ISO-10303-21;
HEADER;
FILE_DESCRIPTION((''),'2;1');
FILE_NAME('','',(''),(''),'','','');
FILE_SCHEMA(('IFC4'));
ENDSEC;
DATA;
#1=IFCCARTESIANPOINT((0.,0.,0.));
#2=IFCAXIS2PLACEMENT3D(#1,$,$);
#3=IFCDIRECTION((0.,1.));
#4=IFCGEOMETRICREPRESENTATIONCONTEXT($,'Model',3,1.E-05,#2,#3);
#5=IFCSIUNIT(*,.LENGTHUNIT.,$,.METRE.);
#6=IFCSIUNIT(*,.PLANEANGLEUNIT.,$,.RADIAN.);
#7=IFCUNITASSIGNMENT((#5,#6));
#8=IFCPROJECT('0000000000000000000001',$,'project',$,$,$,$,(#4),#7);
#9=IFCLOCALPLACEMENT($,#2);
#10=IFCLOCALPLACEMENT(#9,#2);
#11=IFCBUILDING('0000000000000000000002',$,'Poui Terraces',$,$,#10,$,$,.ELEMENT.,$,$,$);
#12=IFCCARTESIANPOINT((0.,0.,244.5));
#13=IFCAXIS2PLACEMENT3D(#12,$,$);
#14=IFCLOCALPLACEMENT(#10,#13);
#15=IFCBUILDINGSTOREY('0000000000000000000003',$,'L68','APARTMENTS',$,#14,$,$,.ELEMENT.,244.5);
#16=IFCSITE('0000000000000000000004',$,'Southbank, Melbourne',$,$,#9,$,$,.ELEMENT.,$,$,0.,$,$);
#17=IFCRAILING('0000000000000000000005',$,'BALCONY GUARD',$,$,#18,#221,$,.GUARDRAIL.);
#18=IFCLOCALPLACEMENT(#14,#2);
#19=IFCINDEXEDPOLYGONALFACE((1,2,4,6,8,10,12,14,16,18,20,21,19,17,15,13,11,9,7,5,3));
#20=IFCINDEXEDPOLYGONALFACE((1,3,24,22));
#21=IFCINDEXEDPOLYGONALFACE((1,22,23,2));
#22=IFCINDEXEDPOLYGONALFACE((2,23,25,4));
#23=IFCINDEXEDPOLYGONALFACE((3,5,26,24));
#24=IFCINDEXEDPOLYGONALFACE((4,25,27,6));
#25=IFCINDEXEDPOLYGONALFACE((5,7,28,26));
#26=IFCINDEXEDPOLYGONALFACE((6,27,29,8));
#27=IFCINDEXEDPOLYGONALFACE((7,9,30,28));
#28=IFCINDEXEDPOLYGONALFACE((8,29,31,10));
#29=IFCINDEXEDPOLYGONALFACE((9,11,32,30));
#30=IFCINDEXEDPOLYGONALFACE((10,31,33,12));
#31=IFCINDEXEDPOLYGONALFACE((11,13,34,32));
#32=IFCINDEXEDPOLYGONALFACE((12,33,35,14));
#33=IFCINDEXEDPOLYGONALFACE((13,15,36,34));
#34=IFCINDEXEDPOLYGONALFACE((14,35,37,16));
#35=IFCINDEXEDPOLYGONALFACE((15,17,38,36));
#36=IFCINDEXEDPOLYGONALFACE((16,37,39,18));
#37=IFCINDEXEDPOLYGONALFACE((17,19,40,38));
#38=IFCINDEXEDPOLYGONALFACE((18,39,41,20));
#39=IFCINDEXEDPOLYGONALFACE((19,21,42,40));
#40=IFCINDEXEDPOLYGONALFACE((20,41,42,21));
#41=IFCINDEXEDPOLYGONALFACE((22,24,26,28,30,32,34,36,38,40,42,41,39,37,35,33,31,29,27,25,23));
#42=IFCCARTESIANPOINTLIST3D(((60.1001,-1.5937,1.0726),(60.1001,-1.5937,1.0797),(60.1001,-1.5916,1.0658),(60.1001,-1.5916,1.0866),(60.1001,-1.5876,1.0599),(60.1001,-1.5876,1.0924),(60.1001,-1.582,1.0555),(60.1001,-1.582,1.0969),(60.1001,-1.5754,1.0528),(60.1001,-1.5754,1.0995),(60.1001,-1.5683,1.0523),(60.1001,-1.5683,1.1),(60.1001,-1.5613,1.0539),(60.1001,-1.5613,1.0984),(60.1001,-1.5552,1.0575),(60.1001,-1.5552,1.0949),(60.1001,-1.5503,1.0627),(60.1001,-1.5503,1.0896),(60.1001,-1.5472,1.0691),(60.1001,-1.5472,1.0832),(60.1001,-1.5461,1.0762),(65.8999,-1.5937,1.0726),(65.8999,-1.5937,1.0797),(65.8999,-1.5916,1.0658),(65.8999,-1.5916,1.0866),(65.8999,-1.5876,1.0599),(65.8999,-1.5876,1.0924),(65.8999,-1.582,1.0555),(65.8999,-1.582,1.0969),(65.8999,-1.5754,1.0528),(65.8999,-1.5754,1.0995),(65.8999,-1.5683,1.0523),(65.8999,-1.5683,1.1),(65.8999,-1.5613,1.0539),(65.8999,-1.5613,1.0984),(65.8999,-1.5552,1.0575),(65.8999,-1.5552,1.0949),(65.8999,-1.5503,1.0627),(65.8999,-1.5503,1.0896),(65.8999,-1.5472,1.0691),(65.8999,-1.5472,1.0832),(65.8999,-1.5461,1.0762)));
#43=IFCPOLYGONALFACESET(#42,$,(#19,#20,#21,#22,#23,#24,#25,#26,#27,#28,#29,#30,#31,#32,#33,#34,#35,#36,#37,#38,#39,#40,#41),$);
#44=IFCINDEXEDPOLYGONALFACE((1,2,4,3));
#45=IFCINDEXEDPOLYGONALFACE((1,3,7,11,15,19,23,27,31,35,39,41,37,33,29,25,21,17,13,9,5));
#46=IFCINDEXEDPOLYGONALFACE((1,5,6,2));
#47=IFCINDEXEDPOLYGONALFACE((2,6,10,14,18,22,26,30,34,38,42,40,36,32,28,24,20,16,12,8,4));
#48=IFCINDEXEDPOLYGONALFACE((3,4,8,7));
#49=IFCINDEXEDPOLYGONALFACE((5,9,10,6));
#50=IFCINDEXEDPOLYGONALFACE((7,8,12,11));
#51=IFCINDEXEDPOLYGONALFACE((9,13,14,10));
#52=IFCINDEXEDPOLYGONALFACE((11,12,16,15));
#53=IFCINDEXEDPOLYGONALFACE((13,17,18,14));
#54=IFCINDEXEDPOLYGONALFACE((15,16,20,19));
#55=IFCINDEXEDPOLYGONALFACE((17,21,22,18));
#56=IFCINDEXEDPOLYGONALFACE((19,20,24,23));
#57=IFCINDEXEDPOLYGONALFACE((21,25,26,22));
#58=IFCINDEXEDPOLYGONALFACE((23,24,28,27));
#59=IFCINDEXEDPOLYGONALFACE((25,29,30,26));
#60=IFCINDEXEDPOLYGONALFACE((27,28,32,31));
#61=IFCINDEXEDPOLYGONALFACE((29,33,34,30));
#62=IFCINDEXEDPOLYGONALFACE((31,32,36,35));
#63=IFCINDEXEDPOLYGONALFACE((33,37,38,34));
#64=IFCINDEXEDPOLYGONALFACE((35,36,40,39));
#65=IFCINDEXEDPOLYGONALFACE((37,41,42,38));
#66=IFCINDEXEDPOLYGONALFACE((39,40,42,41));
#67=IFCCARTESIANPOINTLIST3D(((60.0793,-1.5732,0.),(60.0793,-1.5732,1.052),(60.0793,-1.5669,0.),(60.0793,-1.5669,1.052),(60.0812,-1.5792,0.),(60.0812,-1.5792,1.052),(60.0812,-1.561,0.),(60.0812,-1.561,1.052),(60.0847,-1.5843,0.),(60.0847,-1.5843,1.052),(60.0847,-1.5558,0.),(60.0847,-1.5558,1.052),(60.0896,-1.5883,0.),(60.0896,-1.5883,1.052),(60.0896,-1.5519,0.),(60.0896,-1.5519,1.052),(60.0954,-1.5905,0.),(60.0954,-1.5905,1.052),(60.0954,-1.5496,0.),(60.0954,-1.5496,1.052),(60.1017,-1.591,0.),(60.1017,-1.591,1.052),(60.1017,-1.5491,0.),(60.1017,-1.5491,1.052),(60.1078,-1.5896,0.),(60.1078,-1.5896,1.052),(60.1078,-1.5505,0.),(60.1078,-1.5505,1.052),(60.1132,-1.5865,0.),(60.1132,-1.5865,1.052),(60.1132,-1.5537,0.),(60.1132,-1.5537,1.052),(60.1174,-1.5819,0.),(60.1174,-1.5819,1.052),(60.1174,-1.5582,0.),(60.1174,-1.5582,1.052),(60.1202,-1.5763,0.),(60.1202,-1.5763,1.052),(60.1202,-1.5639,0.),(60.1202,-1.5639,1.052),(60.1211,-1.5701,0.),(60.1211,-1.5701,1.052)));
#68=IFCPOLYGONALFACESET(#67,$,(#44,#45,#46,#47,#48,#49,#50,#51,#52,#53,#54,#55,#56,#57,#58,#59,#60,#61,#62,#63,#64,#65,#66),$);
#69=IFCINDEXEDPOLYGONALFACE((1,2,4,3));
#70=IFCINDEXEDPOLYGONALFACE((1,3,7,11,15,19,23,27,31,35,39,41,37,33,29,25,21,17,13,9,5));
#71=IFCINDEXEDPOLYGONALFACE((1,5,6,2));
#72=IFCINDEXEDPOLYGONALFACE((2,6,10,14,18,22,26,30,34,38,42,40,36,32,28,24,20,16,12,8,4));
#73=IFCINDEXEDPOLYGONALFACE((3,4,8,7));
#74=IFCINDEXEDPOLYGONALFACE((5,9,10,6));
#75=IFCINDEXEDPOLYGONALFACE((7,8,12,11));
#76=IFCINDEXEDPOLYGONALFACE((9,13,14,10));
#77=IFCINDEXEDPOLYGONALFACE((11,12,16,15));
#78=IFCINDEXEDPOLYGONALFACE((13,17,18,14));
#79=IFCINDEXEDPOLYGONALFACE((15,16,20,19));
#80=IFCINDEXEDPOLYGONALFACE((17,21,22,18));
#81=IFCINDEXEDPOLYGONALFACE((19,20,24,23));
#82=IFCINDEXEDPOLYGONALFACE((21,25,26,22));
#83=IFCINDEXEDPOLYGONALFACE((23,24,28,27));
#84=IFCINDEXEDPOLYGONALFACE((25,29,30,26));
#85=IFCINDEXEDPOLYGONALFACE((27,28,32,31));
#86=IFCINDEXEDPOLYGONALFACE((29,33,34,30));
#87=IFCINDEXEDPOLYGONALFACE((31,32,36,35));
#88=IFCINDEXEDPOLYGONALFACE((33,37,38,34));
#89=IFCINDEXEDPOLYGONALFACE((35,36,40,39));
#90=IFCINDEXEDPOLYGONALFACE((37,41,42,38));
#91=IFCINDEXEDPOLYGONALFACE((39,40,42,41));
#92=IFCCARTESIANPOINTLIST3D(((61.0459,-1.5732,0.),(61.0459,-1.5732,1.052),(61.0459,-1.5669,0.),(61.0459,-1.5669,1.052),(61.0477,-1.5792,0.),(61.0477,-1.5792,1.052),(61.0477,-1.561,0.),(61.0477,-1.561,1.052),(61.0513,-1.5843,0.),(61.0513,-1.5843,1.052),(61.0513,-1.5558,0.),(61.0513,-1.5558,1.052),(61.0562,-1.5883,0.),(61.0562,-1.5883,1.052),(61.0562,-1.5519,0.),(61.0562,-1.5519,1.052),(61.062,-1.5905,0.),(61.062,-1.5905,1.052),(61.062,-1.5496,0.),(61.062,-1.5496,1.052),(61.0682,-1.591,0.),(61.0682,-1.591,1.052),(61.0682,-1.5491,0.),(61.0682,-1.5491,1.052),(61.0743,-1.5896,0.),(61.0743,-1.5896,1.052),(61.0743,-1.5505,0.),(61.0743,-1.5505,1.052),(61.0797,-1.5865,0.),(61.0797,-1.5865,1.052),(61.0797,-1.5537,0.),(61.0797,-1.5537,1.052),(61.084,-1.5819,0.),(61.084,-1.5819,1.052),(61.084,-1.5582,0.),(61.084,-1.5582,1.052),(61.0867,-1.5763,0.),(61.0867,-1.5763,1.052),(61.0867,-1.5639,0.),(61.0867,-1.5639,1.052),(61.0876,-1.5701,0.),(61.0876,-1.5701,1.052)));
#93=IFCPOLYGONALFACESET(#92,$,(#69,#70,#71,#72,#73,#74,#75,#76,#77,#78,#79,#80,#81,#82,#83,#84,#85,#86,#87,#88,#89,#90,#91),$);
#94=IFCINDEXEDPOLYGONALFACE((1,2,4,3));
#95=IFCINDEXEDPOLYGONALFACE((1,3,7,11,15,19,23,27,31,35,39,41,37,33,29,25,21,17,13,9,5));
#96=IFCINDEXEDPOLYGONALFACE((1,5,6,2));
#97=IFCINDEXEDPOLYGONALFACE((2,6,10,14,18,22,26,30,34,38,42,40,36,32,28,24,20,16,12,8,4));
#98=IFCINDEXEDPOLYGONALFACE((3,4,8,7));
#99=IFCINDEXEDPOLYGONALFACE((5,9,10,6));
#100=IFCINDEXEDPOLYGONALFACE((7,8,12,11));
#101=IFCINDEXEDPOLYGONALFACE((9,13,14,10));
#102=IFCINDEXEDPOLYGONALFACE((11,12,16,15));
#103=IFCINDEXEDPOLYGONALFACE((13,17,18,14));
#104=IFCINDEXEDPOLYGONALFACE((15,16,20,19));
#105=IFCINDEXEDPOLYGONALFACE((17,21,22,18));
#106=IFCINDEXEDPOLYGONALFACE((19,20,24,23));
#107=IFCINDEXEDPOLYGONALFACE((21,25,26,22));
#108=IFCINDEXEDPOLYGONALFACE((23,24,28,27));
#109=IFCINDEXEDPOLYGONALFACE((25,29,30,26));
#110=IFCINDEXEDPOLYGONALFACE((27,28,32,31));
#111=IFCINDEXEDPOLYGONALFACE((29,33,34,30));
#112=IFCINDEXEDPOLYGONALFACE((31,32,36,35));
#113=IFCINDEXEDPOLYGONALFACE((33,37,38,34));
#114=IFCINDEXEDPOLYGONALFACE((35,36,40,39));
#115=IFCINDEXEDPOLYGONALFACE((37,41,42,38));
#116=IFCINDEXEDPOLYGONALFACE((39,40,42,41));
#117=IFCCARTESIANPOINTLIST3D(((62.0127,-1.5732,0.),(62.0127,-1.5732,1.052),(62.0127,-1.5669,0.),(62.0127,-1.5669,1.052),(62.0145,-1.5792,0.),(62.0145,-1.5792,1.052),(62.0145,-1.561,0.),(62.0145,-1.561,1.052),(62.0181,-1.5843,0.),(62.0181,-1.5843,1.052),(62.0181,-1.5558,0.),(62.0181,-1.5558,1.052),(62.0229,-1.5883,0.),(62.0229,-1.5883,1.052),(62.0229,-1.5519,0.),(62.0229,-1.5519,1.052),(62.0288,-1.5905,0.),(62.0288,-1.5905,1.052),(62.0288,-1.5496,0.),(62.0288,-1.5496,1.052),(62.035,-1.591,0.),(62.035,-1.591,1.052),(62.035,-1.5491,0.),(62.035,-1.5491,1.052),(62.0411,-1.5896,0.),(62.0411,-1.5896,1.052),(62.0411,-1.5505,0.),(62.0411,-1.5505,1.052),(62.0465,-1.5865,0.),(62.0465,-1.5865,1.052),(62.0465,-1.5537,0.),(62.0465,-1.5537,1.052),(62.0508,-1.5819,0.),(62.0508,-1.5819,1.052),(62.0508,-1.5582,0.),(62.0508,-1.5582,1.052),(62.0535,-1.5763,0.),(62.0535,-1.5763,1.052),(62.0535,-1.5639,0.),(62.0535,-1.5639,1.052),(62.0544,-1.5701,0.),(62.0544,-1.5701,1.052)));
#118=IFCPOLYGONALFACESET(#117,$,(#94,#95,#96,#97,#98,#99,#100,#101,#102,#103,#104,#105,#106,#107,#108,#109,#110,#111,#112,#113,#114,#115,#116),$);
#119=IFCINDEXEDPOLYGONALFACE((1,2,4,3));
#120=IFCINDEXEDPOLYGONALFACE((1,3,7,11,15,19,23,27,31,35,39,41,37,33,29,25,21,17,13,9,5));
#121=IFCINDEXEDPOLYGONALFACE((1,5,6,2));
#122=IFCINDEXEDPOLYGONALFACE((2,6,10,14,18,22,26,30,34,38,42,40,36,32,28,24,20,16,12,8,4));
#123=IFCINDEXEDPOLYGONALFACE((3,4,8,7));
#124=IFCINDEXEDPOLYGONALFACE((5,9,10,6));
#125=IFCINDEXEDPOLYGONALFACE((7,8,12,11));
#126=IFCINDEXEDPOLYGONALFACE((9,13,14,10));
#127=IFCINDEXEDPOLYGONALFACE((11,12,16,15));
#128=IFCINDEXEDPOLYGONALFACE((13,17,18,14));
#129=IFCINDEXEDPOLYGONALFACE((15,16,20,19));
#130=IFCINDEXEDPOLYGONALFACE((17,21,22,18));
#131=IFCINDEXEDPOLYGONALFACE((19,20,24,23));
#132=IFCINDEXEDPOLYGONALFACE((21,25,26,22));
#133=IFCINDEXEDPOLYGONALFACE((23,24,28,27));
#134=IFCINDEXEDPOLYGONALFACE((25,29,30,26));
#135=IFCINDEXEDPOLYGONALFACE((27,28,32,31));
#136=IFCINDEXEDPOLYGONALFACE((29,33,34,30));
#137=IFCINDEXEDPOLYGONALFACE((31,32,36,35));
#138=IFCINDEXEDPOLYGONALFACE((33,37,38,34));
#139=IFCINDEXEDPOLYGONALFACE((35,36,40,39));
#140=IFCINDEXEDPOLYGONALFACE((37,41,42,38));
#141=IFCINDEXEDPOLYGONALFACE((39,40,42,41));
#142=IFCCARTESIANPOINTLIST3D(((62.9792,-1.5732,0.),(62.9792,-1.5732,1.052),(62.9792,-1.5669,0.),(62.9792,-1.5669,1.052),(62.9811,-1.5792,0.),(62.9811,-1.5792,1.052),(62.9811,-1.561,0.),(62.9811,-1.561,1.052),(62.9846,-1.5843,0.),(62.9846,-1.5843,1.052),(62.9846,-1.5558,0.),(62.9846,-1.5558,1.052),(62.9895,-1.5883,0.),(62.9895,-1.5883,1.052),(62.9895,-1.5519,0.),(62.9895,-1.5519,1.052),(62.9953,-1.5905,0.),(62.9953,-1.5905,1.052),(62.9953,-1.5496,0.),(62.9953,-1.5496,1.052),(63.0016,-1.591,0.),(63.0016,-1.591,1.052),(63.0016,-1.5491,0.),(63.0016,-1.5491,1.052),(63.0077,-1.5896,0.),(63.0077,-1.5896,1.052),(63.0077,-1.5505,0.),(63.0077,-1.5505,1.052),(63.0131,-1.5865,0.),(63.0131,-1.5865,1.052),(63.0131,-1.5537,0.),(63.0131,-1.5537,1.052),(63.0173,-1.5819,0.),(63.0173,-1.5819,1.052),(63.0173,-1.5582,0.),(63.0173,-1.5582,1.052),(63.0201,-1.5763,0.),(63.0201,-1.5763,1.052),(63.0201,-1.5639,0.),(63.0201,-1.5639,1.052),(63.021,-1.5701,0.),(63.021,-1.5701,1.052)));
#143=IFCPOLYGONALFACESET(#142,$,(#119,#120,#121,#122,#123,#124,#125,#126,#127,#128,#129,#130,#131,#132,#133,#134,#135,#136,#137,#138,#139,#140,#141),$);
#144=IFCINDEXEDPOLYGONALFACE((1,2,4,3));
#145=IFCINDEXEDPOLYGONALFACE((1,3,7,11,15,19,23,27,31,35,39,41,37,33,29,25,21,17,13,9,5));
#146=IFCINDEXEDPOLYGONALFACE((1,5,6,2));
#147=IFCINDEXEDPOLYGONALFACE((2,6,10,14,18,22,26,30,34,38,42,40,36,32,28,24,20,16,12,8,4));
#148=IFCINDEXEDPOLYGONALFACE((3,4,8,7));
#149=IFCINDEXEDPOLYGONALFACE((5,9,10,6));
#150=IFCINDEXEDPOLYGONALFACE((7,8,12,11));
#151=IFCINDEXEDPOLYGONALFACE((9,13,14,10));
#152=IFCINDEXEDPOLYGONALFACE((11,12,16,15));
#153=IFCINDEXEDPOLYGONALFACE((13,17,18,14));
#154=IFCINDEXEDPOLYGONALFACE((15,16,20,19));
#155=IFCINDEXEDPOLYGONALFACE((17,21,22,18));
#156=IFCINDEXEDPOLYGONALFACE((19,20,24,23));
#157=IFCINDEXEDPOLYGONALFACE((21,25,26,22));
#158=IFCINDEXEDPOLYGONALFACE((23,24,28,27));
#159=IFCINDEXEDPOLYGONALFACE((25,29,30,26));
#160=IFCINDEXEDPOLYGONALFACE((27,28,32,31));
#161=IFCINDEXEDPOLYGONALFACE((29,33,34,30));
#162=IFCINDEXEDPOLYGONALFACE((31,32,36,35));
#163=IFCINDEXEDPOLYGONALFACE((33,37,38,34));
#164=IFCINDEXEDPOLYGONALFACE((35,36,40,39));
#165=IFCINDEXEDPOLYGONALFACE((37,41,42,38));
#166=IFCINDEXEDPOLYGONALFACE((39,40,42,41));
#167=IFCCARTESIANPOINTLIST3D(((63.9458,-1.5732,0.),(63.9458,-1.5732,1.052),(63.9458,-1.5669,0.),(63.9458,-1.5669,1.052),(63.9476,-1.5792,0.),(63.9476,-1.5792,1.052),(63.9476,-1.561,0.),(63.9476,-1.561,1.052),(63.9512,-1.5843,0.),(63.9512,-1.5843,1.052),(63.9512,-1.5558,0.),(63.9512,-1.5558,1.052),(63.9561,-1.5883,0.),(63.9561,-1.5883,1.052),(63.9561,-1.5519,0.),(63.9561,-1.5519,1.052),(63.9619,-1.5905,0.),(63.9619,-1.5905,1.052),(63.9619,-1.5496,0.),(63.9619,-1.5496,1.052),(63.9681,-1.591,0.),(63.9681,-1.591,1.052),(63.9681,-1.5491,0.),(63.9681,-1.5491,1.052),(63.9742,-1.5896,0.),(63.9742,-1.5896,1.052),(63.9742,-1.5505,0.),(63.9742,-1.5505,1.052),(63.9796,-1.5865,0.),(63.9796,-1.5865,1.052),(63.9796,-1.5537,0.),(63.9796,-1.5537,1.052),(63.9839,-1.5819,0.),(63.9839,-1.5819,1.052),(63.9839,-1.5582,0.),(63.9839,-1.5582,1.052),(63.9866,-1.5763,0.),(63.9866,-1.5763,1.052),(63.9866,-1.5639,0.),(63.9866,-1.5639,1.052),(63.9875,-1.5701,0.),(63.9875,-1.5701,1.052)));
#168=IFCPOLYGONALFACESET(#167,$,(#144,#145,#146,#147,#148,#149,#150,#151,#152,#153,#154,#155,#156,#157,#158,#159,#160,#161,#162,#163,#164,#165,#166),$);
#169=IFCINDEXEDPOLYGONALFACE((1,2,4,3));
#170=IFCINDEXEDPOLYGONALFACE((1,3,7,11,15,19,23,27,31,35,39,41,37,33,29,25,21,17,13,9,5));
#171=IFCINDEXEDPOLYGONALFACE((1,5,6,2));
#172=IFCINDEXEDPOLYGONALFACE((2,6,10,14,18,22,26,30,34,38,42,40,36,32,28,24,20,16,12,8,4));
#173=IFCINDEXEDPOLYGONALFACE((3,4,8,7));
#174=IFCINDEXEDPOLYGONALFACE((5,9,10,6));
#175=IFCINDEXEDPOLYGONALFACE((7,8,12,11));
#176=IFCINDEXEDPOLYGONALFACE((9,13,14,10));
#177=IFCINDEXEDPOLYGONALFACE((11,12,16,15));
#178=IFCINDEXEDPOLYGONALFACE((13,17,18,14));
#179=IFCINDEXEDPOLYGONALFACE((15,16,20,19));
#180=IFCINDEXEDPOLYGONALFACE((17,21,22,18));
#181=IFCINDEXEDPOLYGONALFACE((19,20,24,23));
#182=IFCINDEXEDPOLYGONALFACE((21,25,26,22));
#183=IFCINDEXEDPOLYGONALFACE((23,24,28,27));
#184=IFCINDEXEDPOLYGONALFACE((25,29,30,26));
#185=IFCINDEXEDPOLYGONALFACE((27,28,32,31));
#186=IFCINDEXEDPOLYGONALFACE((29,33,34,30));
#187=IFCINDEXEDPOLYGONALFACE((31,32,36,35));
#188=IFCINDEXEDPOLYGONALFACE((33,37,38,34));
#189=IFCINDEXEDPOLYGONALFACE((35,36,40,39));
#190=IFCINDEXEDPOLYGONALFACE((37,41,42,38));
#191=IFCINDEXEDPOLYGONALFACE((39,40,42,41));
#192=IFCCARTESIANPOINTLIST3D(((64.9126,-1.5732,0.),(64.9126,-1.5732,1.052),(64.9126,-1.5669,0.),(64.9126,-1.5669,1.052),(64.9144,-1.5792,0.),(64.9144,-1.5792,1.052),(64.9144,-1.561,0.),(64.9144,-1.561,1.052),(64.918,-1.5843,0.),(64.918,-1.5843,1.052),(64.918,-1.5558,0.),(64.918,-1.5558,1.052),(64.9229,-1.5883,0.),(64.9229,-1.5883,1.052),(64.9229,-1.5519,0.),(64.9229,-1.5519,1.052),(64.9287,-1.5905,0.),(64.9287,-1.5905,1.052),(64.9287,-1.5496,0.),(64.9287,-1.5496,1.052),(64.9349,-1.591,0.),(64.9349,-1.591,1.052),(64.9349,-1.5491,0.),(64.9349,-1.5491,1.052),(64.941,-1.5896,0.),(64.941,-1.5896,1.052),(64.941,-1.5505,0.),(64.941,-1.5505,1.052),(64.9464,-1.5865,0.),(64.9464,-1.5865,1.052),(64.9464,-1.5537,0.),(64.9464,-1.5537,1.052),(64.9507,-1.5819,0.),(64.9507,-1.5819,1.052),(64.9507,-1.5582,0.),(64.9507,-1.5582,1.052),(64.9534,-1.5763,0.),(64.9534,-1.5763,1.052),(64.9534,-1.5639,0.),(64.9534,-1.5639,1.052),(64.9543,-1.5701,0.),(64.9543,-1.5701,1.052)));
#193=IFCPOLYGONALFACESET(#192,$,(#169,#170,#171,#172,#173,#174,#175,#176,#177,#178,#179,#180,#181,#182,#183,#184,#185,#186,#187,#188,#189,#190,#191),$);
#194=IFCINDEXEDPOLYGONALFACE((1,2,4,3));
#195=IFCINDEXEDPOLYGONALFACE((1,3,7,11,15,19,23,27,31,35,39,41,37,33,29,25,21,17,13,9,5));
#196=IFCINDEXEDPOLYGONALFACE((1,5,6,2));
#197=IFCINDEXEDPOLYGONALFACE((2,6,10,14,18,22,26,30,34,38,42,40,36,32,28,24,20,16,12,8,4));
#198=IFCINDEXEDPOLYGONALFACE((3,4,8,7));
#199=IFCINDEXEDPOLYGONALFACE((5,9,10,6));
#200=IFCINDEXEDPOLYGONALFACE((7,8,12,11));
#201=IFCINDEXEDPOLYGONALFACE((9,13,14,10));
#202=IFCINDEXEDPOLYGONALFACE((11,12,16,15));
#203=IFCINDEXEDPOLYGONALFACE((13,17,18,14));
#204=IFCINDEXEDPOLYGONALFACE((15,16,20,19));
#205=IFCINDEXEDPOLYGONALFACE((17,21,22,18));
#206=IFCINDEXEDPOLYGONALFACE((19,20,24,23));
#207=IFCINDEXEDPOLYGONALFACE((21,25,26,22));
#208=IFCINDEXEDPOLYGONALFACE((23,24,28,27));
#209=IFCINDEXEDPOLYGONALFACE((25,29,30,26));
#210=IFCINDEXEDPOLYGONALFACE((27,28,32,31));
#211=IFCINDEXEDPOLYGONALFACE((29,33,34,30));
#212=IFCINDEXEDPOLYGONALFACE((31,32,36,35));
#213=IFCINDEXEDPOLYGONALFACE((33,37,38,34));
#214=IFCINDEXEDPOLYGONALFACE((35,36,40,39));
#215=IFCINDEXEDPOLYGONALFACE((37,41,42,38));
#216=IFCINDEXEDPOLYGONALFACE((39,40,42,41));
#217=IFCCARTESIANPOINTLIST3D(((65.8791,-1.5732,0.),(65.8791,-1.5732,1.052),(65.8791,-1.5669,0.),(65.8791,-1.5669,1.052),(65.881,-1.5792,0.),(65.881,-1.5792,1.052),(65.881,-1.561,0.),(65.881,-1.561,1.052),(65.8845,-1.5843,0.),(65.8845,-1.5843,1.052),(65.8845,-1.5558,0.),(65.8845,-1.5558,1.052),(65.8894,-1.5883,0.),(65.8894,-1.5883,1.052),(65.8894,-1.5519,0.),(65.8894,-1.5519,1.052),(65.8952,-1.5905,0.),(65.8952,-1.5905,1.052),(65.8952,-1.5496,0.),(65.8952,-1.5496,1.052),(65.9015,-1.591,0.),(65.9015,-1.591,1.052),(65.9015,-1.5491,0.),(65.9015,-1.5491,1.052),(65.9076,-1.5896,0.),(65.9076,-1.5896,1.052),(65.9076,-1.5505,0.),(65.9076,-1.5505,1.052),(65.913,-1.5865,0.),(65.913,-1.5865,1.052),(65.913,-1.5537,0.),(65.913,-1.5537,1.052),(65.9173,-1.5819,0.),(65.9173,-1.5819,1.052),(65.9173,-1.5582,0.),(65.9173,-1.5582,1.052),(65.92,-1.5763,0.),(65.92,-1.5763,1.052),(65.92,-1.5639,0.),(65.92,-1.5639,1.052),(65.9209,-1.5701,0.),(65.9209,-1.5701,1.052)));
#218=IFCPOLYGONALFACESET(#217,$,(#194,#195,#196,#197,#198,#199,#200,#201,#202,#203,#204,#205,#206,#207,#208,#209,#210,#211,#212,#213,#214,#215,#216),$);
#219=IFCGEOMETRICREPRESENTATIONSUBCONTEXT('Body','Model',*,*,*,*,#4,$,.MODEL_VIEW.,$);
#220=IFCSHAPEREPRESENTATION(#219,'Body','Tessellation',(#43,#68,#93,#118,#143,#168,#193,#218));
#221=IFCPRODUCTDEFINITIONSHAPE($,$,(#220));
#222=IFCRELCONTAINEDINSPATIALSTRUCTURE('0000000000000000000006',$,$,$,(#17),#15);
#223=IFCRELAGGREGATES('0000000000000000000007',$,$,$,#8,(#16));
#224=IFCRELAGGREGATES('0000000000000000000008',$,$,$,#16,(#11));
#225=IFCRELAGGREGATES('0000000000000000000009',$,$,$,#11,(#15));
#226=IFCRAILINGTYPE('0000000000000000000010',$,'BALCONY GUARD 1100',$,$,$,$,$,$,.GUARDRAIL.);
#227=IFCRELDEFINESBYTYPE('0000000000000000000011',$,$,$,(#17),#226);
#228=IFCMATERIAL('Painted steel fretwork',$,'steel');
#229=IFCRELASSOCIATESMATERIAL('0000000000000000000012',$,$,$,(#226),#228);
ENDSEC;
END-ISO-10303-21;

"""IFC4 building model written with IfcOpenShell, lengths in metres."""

from ifc_helpers import new_model, si_unit, direction, frame, origin, origin_2d, place, context, subcontext, project, spatial, circle, extrude, material, type_object, element, save


model = new_model("IFC4")

# Units and contexts
model_context = context("Model", 3, precision=1e-05, world=origin(), true_north=direction((0.0, 1.0)))
body_context = subcontext(model_context, "Body", "Model", "MODEL_VIEW")
ifc_project = project(units=[si_unit("LENGTHUNIT", "METRE"), si_unit("PLANEANGLEUNIT", "RADIAN")], contexts=[model_context])

# Site, building, storey
site_placement = place(None, origin())
site = spatial("IfcSite", under=ifc_project, at=site_placement, Name="Southbank, Melbourne", CompositionType="ELEMENT", RefElevation=0.0)
building_placement = place(site_placement, origin())
building = spatial("IfcBuilding", under=site, at=building_placement, Name="Poui Terraces", CompositionType="ELEMENT")
storey_placement = place(building_placement, frame((0.0, 0.0, 244.5)))
storey = spatial("IfcBuildingStorey", under=building, at=storey_placement, Name="L68", Description="APARTMENTS", CompositionType="ELEMENT", Elevation=244.5)

# Railing
ifc_material_1 = material(Name="Painted steel fretwork", Category="steel")
railing_type = type_object("IfcRailingType", Name="BALCONY GUARD 1100", PredefinedType="GUARDRAIL", material=ifc_material_1)
railing_placement = place(storey_placement, frame((60.1001, -1.5701, 0.0)))
element("IfcRailing", 1, at=railing_placement, inside=storey, type_object=railing_type, Name="BALCONY GUARD", PredefinedType="GUARDRAIL", context=body_context, shape_type="SweptSolid", body=[
    extrude(circle(Radius=0.0239, at=origin_2d()), frame((0.0, 0.0, 1.0762), z_axis=(1.0, 0.0, 0.0), x_axis=(0.0, 1.0, 0.0)), (0.0, 0.0, 1.0), 5.7998),
    extrude(circle(Radius=0.021, at=origin_2d()), origin(), (0.0, 0.0, 1.0), 1.052),
    extrude(circle(Radius=0.021, at=origin_2d()), frame((0.9666, 0.0, 0.0)), (0.0, 0.0, 1.0), 1.052),
    extrude(circle(Radius=0.021, at=origin_2d()), frame((1.9333, 0.0, 0.0)), (0.0, 0.0, 1.0), 1.052),
    extrude(circle(Radius=0.021, at=origin_2d()), frame((2.8999, 0.0, 0.0)), (0.0, 0.0, 1.0), 1.052),
    extrude(circle(Radius=0.021, at=origin_2d()), frame((3.8665, 0.0, 0.0)), (0.0, 0.0, 1.0), 1.052),
    extrude(circle(Radius=0.021, at=origin_2d()), frame((4.8333, 0.0, 0.0)), (0.0, 0.0, 1.0), 1.052),
    extrude(circle(Radius=0.021, at=origin_2d()), frame((5.7998, 0.0, 0.0)), (0.0, 0.0, 1.0), 1.052),
])

save(model, "model.ifc")
